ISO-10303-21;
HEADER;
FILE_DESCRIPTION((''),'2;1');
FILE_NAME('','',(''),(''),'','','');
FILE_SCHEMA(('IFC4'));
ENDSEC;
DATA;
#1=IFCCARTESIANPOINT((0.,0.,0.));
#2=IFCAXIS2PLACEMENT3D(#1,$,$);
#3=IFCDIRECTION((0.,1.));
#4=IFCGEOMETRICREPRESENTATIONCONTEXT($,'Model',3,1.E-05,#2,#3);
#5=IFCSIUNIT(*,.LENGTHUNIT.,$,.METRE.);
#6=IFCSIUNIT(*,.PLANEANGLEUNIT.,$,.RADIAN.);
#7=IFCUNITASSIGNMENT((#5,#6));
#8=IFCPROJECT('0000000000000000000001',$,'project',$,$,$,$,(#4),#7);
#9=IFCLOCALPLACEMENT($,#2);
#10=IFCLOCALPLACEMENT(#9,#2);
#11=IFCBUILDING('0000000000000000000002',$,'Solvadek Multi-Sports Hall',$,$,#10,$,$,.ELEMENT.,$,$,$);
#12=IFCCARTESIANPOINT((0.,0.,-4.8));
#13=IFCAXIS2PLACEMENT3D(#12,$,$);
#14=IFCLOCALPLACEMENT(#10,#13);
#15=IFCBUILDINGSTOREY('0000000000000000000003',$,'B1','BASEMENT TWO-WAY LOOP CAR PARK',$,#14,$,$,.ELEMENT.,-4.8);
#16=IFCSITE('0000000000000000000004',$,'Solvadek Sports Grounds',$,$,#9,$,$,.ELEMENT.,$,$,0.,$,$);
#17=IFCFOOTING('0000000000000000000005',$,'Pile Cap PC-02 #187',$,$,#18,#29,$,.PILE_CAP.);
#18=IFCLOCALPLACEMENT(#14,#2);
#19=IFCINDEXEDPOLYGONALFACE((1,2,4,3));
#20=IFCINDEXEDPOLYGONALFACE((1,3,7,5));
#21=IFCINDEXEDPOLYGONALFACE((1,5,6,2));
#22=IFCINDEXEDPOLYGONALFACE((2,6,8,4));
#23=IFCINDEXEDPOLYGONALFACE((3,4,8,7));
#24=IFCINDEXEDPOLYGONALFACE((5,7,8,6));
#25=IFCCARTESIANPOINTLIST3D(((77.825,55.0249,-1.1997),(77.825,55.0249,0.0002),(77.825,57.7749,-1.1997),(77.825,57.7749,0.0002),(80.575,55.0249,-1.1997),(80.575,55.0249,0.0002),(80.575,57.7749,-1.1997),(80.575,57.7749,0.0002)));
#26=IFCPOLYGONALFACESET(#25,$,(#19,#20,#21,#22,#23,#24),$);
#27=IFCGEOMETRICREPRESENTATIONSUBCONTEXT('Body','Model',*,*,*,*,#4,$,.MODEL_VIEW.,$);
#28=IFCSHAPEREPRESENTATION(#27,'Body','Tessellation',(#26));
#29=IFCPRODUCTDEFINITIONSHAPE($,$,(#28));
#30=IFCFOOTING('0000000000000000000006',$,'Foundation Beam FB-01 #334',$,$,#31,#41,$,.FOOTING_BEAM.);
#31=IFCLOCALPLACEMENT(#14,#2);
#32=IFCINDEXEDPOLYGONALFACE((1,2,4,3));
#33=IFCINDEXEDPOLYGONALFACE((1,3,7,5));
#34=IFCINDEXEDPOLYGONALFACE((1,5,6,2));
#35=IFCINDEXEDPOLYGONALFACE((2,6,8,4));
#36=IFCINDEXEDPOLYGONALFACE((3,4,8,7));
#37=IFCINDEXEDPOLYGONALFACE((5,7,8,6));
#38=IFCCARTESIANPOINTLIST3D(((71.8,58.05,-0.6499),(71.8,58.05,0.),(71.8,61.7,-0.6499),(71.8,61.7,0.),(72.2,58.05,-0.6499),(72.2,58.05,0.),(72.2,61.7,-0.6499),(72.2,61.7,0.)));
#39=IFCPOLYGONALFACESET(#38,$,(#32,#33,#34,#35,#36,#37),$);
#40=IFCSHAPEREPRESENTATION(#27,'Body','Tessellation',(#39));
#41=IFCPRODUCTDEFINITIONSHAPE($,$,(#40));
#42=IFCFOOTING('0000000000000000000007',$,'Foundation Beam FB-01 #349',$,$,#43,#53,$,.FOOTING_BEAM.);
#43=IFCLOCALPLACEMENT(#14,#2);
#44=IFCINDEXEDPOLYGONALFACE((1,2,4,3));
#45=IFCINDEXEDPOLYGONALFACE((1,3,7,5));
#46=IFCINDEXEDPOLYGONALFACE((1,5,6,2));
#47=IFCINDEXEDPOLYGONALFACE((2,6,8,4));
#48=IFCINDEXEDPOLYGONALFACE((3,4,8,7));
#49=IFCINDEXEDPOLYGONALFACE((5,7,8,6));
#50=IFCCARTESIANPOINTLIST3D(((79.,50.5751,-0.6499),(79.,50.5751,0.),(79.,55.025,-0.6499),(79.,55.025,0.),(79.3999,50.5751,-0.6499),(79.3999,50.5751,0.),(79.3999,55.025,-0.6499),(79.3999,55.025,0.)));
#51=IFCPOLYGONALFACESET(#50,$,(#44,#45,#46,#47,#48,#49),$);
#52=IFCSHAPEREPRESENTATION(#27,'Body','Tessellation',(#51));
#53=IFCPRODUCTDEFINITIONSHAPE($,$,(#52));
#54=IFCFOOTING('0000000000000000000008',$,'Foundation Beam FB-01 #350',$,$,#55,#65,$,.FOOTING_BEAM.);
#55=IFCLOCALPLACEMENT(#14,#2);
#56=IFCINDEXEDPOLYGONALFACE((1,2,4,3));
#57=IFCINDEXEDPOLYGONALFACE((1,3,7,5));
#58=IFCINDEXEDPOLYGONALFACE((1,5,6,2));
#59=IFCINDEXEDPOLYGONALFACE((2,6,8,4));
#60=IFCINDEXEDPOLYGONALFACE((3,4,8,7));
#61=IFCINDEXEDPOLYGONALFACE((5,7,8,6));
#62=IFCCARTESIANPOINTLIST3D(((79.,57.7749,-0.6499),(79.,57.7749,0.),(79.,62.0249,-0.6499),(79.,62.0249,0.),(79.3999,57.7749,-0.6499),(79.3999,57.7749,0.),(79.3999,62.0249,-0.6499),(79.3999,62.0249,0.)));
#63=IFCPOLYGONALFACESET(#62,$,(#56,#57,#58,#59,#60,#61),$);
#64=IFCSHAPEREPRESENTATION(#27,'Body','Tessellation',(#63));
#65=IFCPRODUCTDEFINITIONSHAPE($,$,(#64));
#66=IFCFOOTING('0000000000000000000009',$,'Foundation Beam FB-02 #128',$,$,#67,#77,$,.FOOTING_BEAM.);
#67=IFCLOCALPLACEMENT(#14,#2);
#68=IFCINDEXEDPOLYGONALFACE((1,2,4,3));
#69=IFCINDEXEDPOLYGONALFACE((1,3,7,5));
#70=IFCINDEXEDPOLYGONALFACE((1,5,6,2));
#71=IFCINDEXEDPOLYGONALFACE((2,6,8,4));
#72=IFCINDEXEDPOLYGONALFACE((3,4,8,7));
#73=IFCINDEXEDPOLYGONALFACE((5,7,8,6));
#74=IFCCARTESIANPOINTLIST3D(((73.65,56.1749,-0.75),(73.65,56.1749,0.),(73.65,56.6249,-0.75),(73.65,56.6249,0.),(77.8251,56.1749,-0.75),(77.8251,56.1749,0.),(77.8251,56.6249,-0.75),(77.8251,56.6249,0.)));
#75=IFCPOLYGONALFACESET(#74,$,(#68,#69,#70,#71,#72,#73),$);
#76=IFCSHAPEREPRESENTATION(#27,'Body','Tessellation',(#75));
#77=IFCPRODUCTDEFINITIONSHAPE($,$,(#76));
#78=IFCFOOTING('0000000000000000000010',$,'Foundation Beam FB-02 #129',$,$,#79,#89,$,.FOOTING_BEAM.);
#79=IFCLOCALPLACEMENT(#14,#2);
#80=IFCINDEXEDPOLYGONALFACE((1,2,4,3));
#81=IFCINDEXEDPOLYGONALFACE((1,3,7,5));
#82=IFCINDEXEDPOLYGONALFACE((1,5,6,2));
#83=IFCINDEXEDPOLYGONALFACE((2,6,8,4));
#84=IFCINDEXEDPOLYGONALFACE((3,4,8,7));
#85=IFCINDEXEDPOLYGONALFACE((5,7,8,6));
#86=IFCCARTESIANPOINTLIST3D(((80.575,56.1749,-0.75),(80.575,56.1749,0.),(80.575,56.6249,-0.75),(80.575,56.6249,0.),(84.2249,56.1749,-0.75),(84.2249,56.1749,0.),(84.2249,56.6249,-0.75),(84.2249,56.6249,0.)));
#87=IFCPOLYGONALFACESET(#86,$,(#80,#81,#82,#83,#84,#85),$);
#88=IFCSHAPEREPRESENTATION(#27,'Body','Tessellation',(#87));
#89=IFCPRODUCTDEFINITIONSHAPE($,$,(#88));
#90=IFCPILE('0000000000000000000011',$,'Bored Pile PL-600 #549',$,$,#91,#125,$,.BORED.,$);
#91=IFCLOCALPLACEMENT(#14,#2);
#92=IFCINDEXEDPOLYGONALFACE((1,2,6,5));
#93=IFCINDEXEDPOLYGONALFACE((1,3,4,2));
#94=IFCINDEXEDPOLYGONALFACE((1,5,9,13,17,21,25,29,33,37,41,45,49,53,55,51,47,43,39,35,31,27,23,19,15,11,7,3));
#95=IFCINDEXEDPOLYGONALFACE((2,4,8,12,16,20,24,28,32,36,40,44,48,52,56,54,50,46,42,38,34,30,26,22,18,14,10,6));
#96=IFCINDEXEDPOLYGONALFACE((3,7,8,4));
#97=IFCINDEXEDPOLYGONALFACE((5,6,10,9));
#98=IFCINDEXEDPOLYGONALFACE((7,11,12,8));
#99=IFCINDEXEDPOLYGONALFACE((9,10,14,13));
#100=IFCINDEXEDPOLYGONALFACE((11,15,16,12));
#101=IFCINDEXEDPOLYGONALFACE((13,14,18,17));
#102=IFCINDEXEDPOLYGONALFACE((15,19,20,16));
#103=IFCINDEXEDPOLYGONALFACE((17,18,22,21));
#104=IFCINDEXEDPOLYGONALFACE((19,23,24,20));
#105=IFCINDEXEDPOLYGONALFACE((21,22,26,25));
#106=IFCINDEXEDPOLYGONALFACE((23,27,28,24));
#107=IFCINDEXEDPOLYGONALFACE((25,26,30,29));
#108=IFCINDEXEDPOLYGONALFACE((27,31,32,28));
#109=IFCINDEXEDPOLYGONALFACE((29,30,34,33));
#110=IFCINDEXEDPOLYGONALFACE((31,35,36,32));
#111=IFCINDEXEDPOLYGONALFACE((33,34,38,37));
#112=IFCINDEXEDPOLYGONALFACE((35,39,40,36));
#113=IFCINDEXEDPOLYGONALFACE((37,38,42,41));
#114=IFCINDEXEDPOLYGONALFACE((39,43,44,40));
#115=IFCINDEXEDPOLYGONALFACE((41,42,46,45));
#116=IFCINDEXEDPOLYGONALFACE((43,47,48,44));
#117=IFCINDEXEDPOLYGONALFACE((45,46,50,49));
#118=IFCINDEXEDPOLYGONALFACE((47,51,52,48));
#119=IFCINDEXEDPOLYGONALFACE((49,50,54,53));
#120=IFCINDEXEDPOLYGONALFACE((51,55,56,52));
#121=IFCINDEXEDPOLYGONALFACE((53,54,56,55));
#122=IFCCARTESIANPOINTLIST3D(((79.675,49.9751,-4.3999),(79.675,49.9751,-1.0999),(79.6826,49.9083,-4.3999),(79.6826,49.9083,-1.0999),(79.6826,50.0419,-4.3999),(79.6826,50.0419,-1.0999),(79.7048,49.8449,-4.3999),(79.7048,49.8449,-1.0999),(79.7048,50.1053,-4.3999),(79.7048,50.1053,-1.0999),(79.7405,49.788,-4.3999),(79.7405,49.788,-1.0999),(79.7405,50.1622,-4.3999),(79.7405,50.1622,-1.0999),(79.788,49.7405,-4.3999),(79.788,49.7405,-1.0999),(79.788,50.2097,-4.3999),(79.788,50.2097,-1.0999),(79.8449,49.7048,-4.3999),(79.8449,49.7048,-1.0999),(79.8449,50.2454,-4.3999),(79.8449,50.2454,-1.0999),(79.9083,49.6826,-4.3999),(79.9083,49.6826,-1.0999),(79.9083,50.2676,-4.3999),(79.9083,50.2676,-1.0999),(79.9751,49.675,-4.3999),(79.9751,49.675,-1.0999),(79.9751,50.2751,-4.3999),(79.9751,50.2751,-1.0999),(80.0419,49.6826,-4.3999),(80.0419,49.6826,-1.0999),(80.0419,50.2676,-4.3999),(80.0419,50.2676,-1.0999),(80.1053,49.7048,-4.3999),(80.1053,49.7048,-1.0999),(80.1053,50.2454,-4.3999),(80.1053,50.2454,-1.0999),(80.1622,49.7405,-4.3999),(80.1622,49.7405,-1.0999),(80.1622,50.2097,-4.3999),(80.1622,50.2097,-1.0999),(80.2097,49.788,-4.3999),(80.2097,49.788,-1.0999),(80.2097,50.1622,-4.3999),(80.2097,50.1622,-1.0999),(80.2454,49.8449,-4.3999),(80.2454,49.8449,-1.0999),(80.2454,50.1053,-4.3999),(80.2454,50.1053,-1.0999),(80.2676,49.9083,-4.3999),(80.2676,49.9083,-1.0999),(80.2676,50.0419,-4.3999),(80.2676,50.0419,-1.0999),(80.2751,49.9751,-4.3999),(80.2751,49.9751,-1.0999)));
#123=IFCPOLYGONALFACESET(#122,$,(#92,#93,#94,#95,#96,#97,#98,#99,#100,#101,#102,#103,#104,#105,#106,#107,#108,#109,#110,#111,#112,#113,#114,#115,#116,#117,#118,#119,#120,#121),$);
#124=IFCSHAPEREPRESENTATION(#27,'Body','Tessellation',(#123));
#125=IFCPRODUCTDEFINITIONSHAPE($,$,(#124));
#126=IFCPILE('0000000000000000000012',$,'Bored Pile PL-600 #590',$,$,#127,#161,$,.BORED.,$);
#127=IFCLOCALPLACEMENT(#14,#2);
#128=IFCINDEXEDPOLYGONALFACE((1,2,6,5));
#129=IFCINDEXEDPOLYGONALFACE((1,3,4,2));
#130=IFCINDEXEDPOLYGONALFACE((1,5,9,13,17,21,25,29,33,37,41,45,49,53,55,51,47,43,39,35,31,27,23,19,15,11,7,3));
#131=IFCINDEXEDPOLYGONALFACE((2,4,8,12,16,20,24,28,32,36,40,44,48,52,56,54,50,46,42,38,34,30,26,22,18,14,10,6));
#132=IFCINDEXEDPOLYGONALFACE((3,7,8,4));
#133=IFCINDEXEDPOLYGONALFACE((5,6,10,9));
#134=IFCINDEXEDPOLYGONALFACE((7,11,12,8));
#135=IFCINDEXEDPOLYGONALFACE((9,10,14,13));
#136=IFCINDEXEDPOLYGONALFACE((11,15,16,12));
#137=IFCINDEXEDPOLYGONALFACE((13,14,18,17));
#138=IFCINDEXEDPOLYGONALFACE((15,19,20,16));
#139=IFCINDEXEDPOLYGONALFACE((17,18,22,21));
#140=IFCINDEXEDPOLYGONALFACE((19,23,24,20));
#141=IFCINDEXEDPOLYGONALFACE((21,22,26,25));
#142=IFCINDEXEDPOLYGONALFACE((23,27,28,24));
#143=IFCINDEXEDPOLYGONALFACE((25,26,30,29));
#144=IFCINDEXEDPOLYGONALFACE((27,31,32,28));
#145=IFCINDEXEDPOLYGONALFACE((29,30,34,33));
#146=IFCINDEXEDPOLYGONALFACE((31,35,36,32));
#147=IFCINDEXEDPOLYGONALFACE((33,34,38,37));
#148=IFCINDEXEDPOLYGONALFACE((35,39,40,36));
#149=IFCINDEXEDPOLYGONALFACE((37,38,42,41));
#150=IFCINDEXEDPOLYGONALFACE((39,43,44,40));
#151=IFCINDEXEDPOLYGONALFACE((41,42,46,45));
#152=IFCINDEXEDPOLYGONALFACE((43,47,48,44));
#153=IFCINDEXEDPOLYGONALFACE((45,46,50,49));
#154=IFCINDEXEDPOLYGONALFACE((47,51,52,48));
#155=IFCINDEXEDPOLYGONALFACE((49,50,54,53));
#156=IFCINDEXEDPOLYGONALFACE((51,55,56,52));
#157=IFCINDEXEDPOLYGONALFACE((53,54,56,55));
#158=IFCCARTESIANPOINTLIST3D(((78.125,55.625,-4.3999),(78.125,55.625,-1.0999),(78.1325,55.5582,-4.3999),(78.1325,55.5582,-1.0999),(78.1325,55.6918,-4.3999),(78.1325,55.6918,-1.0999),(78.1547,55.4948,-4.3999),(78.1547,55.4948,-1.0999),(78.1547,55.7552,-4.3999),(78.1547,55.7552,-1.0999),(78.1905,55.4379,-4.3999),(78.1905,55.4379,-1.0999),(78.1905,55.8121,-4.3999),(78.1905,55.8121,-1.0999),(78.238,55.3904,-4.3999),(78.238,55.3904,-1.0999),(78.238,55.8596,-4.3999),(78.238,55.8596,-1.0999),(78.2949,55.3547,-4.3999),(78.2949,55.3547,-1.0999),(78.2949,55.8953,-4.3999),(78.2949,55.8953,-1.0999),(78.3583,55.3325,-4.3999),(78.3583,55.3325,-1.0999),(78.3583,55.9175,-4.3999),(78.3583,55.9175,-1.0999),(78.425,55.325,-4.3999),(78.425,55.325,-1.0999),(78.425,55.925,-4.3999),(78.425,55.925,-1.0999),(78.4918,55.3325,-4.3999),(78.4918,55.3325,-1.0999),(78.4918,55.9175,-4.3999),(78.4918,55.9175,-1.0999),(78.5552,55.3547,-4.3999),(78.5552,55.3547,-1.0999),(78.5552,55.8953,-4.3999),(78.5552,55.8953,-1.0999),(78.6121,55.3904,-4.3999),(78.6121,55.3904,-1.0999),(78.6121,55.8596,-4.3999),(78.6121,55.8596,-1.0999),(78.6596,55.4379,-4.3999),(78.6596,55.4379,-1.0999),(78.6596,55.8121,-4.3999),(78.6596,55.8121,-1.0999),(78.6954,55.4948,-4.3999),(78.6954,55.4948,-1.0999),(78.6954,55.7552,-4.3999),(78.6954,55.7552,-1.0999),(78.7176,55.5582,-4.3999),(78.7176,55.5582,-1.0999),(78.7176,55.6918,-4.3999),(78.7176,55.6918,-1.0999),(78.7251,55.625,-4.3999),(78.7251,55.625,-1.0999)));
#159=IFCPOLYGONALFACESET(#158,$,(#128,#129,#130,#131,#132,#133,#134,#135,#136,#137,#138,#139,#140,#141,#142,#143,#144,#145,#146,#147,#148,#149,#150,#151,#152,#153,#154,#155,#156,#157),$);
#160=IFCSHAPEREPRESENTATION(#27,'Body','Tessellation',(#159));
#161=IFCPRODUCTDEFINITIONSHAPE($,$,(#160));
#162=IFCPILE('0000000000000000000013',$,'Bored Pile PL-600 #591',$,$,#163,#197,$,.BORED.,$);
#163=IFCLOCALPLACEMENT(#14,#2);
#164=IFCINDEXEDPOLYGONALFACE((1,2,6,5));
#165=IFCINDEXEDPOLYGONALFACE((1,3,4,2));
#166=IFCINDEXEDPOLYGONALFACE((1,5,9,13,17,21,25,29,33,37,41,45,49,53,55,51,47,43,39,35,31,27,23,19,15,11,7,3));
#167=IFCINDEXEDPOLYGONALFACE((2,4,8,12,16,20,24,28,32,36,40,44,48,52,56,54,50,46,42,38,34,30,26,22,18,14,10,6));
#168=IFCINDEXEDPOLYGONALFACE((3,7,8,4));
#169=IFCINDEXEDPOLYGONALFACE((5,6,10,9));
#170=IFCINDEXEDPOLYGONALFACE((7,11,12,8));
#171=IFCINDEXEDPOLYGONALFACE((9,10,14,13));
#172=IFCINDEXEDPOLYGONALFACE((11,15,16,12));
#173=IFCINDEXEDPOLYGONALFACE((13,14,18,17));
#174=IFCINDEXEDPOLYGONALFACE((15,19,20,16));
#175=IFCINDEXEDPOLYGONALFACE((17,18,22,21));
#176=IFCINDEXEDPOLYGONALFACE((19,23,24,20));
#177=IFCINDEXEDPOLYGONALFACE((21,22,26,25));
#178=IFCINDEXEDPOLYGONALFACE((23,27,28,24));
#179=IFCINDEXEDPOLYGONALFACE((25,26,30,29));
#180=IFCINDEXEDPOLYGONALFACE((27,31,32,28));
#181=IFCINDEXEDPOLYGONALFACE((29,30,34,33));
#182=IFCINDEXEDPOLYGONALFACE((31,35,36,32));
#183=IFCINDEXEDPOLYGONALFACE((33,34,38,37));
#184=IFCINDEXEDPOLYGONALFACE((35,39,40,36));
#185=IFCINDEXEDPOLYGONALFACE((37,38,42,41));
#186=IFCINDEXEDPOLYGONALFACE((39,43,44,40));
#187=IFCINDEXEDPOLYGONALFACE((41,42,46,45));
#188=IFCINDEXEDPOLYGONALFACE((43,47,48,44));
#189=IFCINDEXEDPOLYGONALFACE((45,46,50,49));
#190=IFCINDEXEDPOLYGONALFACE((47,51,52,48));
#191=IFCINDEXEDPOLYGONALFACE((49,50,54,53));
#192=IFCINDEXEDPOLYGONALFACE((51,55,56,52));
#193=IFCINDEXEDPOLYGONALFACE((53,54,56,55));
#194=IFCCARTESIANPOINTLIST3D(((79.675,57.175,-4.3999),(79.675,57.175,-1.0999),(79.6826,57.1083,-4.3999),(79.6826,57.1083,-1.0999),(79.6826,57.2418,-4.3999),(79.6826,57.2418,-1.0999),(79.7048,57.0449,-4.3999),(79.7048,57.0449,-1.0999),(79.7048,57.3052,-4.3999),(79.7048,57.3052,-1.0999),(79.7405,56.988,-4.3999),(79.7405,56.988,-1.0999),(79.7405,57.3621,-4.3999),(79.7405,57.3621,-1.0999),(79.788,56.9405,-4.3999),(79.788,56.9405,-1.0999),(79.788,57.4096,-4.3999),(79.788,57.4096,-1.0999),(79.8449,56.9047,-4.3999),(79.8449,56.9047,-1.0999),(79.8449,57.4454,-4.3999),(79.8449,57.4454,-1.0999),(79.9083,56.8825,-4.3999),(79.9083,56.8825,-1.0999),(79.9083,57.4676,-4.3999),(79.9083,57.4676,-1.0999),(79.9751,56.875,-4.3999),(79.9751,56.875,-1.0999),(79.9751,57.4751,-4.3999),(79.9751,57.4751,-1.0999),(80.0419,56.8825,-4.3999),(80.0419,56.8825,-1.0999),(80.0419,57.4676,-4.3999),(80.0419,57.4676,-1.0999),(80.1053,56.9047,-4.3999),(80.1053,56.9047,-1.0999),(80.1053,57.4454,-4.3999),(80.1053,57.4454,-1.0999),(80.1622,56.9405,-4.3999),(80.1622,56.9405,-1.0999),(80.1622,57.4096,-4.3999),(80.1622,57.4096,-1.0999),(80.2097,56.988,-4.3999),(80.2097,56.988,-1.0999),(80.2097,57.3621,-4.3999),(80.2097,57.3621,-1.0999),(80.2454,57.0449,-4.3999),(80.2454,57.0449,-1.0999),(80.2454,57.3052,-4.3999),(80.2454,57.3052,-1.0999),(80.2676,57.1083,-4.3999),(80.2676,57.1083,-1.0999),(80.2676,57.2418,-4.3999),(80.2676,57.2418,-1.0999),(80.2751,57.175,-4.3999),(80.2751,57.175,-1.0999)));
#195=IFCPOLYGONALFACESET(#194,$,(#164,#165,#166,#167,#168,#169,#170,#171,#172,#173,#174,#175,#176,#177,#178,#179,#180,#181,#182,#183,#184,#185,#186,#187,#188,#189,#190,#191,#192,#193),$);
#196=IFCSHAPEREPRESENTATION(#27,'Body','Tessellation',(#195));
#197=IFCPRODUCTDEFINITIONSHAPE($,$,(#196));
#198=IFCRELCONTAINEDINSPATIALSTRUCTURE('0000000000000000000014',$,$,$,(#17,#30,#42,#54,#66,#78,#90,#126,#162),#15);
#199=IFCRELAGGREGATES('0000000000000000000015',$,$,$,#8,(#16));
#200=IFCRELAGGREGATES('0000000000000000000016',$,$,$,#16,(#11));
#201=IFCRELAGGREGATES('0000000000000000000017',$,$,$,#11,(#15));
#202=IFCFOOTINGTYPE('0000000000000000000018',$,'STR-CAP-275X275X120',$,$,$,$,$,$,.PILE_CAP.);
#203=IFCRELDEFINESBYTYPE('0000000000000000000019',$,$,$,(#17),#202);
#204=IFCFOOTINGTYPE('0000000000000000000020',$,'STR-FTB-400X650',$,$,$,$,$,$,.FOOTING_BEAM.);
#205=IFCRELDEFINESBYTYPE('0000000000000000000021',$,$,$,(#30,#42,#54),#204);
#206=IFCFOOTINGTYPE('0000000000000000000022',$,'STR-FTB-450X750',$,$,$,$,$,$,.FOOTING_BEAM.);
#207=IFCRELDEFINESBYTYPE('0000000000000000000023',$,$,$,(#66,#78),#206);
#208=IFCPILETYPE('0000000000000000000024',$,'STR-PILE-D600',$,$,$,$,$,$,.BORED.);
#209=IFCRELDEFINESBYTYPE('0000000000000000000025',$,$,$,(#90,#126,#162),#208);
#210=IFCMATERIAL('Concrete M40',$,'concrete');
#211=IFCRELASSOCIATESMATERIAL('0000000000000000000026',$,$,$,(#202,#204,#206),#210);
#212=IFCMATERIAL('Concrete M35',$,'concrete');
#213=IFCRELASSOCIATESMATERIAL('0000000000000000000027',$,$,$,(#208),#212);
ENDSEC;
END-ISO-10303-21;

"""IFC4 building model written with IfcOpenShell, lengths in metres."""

from ifc_helpers import new_model, si_unit, direction, frame, origin, origin_2d, place, context, subcontext, project, spatial, rectangle, circle, extrude, material, material_profile, profile_set, type_object, element, save


model = new_model("IFC4")

# Units and contexts
model_context = context("Model", 3, precision=1e-05, world=origin(), true_north=direction((0.0, 1.0)))
body_context = subcontext(model_context, "Body", "Model", "MODEL_VIEW")
ifc_project = project(units=[si_unit("LENGTHUNIT", "METRE"), si_unit("PLANEANGLEUNIT", "RADIAN")], contexts=[model_context])

# Site, building, storey
site_placement = place(None, origin())
site = spatial("IfcSite", under=ifc_project, at=site_placement, Name="Solvadek Sports Grounds", CompositionType="ELEMENT", RefElevation=0.0)
building_placement = place(site_placement, origin())
building = spatial("IfcBuilding", under=site, at=building_placement, Name="Solvadek Multi-Sports Hall", CompositionType="ELEMENT")
storey_placement = place(building_placement, frame((0.0, 0.0, -4.8)))
storey = spatial("IfcBuildingStorey", under=building, at=storey_placement, Name="B1", Description="BASEMENT TWO-WAY LOOP CAR PARK", CompositionType="ELEMENT", Elevation=-4.8)

# Footings
ifc_material_1 = material(Name="Concrete M40", Category="concrete")
footing_type_1 = type_object("IfcFootingType", Name="STR-CAP-275X275X120", PredefinedType="PILE_CAP", material=ifc_material_1)
footing_1_placement = place(storey_placement, frame((79.2, 56.3999, -1.1997), z_axis=(0.0, 0.0, 1.0), x_axis=(1.0, 0.0, 0.0)))
element("IfcFooting", 1, at=footing_1_placement, inside=storey, type_object=footing_type_1, Name="Pile Cap PC-02 #187", PredefinedType="PILE_CAP", context=body_context, shape_type="SweptSolid", body=[
    extrude(rectangle(XDim=2.75, YDim=2.75, at=origin_2d()), origin(), (0.0, 0.0, 1.0), 1.2),
])
footing_type_2 = type_object("IfcFootingType", Name="STR-FTB-400X650", PredefinedType="FOOTING_BEAM", material=ifc_material_1)
footing_2_placement = place(storey_placement, frame((72.0, 59.875, -0.6499), z_axis=(0.0, 0.0, 1.0), x_axis=(0.0, 1.0, 0.0)))
element("IfcFooting", 2, at=footing_2_placement, inside=storey, type_object=footing_type_2, Name="Foundation Beam FB-01 #334", PredefinedType="FOOTING_BEAM", context=body_context, shape_type="SweptSolid", body=[
    extrude(rectangle(XDim=3.6499, YDim=0.3999, at=origin_2d()), origin(), (0.0, 0.0, 1.0), 0.6499),
])
footing_3_placement = place(storey_placement, frame((79.2, 52.8, -0.6499), z_axis=(0.0, 0.0, 1.0), x_axis=(0.0, 1.0, 0.0)))
element("IfcFooting", 3, at=footing_3_placement, inside=storey, type_object=footing_type_2, Name="Foundation Beam FB-01 #349", PredefinedType="FOOTING_BEAM", context=body_context, shape_type="SweptSolid", body=[
    extrude(rectangle(XDim=4.45, YDim=0.3999, at=origin_2d()), origin(), (0.0, 0.0, 1.0), 0.6499),
])
footing_4_placement = place(storey_placement, frame((79.2, 59.8999, -0.6499), z_axis=(0.0, 0.0, 1.0), x_axis=(0.0, 1.0, 0.0)))
element("IfcFooting", 4, at=footing_4_placement, inside=storey, type_object=footing_type_2, Name="Foundation Beam FB-01 #350", PredefinedType="FOOTING_BEAM", context=body_context, shape_type="SweptSolid", body=[
    extrude(rectangle(XDim=4.25, YDim=0.3999, at=origin_2d()), origin(), (0.0, 0.0, 1.0), 0.6499),
])
footing_type_3 = type_object("IfcFootingType", Name="STR-FTB-450X750", PredefinedType="FOOTING_BEAM", material=ifc_material_1)
footing_5_placement = place(storey_placement, frame((75.7375, 56.3999, -0.75), z_axis=(0.0, 0.0, 1.0), x_axis=(1.0, 0.0, 0.0)))
element("IfcFooting", 5, at=footing_5_placement, inside=storey, type_object=footing_type_3, Name="Foundation Beam FB-02 #128", PredefinedType="FOOTING_BEAM", context=body_context, shape_type="SweptSolid", body=[
    extrude(rectangle(XDim=4.175, YDim=0.45, at=origin_2d()), origin(), (0.0, 0.0, 1.0), 0.75),
])
footing_6_placement = place(storey_placement, frame((82.3999, 56.3999, -0.75), z_axis=(0.0, 0.0, 1.0), x_axis=(1.0, 0.0, 0.0)))
element("IfcFooting", 6, at=footing_6_placement, inside=storey, type_object=footing_type_3, Name="Foundation Beam FB-02 #129", PredefinedType="FOOTING_BEAM", context=body_context, shape_type="SweptSolid", body=[
    extrude(rectangle(XDim=3.6499, YDim=0.45, at=origin_2d()), origin(), (0.0, 0.0, 1.0), 0.75),
])

# Piles
ifc_material_2 = material(Name="Concrete M35", Category="concrete")
ifc_material_profile_1 = material_profile(ifc_material_2, circle(Radius=0.3, at=origin_2d()), Name="BORED PILE D600")
ifc_profile_set_1 = profile_set([ifc_material_profile_1], Name="Concrete M35")
pile_type_1 = type_object("IfcPileType", Name="STR-PILE-D600", PredefinedType="BORED", material=ifc_profile_set_1)
for number, where, z_axis, x_axis, name in (
    (7, (79.9751, 49.9751, -1.0999), (0.0, 0.0, -1.0), (1.0, 0.0, 0.0), "Bored Pile PL-600 #549"),
    (8, (78.425, 55.625, -1.0999), (0.0, 0.0, -1.0), (1.0, 0.0, 0.0), "Bored Pile PL-600 #590"),
    (9, (79.9751, 57.175, -1.0999), (0.0, 0.0, -1.0), (1.0, 0.0, 0.0), "Bored Pile PL-600 #591"),
):
    element("IfcPile", number, at=place(storey_placement, frame(where, z_axis=z_axis, x_axis=x_axis)), inside=storey, type_object=pile_type_1, Name=name, PredefinedType="BORED", context=body_context, shape_type="SweptSolid", body=[
        extrude(circle(Radius=0.3, at=origin_2d()), origin(), (0.0, 0.0, 1.0), 3.3),
    ])

save(model, "model.ifc")
